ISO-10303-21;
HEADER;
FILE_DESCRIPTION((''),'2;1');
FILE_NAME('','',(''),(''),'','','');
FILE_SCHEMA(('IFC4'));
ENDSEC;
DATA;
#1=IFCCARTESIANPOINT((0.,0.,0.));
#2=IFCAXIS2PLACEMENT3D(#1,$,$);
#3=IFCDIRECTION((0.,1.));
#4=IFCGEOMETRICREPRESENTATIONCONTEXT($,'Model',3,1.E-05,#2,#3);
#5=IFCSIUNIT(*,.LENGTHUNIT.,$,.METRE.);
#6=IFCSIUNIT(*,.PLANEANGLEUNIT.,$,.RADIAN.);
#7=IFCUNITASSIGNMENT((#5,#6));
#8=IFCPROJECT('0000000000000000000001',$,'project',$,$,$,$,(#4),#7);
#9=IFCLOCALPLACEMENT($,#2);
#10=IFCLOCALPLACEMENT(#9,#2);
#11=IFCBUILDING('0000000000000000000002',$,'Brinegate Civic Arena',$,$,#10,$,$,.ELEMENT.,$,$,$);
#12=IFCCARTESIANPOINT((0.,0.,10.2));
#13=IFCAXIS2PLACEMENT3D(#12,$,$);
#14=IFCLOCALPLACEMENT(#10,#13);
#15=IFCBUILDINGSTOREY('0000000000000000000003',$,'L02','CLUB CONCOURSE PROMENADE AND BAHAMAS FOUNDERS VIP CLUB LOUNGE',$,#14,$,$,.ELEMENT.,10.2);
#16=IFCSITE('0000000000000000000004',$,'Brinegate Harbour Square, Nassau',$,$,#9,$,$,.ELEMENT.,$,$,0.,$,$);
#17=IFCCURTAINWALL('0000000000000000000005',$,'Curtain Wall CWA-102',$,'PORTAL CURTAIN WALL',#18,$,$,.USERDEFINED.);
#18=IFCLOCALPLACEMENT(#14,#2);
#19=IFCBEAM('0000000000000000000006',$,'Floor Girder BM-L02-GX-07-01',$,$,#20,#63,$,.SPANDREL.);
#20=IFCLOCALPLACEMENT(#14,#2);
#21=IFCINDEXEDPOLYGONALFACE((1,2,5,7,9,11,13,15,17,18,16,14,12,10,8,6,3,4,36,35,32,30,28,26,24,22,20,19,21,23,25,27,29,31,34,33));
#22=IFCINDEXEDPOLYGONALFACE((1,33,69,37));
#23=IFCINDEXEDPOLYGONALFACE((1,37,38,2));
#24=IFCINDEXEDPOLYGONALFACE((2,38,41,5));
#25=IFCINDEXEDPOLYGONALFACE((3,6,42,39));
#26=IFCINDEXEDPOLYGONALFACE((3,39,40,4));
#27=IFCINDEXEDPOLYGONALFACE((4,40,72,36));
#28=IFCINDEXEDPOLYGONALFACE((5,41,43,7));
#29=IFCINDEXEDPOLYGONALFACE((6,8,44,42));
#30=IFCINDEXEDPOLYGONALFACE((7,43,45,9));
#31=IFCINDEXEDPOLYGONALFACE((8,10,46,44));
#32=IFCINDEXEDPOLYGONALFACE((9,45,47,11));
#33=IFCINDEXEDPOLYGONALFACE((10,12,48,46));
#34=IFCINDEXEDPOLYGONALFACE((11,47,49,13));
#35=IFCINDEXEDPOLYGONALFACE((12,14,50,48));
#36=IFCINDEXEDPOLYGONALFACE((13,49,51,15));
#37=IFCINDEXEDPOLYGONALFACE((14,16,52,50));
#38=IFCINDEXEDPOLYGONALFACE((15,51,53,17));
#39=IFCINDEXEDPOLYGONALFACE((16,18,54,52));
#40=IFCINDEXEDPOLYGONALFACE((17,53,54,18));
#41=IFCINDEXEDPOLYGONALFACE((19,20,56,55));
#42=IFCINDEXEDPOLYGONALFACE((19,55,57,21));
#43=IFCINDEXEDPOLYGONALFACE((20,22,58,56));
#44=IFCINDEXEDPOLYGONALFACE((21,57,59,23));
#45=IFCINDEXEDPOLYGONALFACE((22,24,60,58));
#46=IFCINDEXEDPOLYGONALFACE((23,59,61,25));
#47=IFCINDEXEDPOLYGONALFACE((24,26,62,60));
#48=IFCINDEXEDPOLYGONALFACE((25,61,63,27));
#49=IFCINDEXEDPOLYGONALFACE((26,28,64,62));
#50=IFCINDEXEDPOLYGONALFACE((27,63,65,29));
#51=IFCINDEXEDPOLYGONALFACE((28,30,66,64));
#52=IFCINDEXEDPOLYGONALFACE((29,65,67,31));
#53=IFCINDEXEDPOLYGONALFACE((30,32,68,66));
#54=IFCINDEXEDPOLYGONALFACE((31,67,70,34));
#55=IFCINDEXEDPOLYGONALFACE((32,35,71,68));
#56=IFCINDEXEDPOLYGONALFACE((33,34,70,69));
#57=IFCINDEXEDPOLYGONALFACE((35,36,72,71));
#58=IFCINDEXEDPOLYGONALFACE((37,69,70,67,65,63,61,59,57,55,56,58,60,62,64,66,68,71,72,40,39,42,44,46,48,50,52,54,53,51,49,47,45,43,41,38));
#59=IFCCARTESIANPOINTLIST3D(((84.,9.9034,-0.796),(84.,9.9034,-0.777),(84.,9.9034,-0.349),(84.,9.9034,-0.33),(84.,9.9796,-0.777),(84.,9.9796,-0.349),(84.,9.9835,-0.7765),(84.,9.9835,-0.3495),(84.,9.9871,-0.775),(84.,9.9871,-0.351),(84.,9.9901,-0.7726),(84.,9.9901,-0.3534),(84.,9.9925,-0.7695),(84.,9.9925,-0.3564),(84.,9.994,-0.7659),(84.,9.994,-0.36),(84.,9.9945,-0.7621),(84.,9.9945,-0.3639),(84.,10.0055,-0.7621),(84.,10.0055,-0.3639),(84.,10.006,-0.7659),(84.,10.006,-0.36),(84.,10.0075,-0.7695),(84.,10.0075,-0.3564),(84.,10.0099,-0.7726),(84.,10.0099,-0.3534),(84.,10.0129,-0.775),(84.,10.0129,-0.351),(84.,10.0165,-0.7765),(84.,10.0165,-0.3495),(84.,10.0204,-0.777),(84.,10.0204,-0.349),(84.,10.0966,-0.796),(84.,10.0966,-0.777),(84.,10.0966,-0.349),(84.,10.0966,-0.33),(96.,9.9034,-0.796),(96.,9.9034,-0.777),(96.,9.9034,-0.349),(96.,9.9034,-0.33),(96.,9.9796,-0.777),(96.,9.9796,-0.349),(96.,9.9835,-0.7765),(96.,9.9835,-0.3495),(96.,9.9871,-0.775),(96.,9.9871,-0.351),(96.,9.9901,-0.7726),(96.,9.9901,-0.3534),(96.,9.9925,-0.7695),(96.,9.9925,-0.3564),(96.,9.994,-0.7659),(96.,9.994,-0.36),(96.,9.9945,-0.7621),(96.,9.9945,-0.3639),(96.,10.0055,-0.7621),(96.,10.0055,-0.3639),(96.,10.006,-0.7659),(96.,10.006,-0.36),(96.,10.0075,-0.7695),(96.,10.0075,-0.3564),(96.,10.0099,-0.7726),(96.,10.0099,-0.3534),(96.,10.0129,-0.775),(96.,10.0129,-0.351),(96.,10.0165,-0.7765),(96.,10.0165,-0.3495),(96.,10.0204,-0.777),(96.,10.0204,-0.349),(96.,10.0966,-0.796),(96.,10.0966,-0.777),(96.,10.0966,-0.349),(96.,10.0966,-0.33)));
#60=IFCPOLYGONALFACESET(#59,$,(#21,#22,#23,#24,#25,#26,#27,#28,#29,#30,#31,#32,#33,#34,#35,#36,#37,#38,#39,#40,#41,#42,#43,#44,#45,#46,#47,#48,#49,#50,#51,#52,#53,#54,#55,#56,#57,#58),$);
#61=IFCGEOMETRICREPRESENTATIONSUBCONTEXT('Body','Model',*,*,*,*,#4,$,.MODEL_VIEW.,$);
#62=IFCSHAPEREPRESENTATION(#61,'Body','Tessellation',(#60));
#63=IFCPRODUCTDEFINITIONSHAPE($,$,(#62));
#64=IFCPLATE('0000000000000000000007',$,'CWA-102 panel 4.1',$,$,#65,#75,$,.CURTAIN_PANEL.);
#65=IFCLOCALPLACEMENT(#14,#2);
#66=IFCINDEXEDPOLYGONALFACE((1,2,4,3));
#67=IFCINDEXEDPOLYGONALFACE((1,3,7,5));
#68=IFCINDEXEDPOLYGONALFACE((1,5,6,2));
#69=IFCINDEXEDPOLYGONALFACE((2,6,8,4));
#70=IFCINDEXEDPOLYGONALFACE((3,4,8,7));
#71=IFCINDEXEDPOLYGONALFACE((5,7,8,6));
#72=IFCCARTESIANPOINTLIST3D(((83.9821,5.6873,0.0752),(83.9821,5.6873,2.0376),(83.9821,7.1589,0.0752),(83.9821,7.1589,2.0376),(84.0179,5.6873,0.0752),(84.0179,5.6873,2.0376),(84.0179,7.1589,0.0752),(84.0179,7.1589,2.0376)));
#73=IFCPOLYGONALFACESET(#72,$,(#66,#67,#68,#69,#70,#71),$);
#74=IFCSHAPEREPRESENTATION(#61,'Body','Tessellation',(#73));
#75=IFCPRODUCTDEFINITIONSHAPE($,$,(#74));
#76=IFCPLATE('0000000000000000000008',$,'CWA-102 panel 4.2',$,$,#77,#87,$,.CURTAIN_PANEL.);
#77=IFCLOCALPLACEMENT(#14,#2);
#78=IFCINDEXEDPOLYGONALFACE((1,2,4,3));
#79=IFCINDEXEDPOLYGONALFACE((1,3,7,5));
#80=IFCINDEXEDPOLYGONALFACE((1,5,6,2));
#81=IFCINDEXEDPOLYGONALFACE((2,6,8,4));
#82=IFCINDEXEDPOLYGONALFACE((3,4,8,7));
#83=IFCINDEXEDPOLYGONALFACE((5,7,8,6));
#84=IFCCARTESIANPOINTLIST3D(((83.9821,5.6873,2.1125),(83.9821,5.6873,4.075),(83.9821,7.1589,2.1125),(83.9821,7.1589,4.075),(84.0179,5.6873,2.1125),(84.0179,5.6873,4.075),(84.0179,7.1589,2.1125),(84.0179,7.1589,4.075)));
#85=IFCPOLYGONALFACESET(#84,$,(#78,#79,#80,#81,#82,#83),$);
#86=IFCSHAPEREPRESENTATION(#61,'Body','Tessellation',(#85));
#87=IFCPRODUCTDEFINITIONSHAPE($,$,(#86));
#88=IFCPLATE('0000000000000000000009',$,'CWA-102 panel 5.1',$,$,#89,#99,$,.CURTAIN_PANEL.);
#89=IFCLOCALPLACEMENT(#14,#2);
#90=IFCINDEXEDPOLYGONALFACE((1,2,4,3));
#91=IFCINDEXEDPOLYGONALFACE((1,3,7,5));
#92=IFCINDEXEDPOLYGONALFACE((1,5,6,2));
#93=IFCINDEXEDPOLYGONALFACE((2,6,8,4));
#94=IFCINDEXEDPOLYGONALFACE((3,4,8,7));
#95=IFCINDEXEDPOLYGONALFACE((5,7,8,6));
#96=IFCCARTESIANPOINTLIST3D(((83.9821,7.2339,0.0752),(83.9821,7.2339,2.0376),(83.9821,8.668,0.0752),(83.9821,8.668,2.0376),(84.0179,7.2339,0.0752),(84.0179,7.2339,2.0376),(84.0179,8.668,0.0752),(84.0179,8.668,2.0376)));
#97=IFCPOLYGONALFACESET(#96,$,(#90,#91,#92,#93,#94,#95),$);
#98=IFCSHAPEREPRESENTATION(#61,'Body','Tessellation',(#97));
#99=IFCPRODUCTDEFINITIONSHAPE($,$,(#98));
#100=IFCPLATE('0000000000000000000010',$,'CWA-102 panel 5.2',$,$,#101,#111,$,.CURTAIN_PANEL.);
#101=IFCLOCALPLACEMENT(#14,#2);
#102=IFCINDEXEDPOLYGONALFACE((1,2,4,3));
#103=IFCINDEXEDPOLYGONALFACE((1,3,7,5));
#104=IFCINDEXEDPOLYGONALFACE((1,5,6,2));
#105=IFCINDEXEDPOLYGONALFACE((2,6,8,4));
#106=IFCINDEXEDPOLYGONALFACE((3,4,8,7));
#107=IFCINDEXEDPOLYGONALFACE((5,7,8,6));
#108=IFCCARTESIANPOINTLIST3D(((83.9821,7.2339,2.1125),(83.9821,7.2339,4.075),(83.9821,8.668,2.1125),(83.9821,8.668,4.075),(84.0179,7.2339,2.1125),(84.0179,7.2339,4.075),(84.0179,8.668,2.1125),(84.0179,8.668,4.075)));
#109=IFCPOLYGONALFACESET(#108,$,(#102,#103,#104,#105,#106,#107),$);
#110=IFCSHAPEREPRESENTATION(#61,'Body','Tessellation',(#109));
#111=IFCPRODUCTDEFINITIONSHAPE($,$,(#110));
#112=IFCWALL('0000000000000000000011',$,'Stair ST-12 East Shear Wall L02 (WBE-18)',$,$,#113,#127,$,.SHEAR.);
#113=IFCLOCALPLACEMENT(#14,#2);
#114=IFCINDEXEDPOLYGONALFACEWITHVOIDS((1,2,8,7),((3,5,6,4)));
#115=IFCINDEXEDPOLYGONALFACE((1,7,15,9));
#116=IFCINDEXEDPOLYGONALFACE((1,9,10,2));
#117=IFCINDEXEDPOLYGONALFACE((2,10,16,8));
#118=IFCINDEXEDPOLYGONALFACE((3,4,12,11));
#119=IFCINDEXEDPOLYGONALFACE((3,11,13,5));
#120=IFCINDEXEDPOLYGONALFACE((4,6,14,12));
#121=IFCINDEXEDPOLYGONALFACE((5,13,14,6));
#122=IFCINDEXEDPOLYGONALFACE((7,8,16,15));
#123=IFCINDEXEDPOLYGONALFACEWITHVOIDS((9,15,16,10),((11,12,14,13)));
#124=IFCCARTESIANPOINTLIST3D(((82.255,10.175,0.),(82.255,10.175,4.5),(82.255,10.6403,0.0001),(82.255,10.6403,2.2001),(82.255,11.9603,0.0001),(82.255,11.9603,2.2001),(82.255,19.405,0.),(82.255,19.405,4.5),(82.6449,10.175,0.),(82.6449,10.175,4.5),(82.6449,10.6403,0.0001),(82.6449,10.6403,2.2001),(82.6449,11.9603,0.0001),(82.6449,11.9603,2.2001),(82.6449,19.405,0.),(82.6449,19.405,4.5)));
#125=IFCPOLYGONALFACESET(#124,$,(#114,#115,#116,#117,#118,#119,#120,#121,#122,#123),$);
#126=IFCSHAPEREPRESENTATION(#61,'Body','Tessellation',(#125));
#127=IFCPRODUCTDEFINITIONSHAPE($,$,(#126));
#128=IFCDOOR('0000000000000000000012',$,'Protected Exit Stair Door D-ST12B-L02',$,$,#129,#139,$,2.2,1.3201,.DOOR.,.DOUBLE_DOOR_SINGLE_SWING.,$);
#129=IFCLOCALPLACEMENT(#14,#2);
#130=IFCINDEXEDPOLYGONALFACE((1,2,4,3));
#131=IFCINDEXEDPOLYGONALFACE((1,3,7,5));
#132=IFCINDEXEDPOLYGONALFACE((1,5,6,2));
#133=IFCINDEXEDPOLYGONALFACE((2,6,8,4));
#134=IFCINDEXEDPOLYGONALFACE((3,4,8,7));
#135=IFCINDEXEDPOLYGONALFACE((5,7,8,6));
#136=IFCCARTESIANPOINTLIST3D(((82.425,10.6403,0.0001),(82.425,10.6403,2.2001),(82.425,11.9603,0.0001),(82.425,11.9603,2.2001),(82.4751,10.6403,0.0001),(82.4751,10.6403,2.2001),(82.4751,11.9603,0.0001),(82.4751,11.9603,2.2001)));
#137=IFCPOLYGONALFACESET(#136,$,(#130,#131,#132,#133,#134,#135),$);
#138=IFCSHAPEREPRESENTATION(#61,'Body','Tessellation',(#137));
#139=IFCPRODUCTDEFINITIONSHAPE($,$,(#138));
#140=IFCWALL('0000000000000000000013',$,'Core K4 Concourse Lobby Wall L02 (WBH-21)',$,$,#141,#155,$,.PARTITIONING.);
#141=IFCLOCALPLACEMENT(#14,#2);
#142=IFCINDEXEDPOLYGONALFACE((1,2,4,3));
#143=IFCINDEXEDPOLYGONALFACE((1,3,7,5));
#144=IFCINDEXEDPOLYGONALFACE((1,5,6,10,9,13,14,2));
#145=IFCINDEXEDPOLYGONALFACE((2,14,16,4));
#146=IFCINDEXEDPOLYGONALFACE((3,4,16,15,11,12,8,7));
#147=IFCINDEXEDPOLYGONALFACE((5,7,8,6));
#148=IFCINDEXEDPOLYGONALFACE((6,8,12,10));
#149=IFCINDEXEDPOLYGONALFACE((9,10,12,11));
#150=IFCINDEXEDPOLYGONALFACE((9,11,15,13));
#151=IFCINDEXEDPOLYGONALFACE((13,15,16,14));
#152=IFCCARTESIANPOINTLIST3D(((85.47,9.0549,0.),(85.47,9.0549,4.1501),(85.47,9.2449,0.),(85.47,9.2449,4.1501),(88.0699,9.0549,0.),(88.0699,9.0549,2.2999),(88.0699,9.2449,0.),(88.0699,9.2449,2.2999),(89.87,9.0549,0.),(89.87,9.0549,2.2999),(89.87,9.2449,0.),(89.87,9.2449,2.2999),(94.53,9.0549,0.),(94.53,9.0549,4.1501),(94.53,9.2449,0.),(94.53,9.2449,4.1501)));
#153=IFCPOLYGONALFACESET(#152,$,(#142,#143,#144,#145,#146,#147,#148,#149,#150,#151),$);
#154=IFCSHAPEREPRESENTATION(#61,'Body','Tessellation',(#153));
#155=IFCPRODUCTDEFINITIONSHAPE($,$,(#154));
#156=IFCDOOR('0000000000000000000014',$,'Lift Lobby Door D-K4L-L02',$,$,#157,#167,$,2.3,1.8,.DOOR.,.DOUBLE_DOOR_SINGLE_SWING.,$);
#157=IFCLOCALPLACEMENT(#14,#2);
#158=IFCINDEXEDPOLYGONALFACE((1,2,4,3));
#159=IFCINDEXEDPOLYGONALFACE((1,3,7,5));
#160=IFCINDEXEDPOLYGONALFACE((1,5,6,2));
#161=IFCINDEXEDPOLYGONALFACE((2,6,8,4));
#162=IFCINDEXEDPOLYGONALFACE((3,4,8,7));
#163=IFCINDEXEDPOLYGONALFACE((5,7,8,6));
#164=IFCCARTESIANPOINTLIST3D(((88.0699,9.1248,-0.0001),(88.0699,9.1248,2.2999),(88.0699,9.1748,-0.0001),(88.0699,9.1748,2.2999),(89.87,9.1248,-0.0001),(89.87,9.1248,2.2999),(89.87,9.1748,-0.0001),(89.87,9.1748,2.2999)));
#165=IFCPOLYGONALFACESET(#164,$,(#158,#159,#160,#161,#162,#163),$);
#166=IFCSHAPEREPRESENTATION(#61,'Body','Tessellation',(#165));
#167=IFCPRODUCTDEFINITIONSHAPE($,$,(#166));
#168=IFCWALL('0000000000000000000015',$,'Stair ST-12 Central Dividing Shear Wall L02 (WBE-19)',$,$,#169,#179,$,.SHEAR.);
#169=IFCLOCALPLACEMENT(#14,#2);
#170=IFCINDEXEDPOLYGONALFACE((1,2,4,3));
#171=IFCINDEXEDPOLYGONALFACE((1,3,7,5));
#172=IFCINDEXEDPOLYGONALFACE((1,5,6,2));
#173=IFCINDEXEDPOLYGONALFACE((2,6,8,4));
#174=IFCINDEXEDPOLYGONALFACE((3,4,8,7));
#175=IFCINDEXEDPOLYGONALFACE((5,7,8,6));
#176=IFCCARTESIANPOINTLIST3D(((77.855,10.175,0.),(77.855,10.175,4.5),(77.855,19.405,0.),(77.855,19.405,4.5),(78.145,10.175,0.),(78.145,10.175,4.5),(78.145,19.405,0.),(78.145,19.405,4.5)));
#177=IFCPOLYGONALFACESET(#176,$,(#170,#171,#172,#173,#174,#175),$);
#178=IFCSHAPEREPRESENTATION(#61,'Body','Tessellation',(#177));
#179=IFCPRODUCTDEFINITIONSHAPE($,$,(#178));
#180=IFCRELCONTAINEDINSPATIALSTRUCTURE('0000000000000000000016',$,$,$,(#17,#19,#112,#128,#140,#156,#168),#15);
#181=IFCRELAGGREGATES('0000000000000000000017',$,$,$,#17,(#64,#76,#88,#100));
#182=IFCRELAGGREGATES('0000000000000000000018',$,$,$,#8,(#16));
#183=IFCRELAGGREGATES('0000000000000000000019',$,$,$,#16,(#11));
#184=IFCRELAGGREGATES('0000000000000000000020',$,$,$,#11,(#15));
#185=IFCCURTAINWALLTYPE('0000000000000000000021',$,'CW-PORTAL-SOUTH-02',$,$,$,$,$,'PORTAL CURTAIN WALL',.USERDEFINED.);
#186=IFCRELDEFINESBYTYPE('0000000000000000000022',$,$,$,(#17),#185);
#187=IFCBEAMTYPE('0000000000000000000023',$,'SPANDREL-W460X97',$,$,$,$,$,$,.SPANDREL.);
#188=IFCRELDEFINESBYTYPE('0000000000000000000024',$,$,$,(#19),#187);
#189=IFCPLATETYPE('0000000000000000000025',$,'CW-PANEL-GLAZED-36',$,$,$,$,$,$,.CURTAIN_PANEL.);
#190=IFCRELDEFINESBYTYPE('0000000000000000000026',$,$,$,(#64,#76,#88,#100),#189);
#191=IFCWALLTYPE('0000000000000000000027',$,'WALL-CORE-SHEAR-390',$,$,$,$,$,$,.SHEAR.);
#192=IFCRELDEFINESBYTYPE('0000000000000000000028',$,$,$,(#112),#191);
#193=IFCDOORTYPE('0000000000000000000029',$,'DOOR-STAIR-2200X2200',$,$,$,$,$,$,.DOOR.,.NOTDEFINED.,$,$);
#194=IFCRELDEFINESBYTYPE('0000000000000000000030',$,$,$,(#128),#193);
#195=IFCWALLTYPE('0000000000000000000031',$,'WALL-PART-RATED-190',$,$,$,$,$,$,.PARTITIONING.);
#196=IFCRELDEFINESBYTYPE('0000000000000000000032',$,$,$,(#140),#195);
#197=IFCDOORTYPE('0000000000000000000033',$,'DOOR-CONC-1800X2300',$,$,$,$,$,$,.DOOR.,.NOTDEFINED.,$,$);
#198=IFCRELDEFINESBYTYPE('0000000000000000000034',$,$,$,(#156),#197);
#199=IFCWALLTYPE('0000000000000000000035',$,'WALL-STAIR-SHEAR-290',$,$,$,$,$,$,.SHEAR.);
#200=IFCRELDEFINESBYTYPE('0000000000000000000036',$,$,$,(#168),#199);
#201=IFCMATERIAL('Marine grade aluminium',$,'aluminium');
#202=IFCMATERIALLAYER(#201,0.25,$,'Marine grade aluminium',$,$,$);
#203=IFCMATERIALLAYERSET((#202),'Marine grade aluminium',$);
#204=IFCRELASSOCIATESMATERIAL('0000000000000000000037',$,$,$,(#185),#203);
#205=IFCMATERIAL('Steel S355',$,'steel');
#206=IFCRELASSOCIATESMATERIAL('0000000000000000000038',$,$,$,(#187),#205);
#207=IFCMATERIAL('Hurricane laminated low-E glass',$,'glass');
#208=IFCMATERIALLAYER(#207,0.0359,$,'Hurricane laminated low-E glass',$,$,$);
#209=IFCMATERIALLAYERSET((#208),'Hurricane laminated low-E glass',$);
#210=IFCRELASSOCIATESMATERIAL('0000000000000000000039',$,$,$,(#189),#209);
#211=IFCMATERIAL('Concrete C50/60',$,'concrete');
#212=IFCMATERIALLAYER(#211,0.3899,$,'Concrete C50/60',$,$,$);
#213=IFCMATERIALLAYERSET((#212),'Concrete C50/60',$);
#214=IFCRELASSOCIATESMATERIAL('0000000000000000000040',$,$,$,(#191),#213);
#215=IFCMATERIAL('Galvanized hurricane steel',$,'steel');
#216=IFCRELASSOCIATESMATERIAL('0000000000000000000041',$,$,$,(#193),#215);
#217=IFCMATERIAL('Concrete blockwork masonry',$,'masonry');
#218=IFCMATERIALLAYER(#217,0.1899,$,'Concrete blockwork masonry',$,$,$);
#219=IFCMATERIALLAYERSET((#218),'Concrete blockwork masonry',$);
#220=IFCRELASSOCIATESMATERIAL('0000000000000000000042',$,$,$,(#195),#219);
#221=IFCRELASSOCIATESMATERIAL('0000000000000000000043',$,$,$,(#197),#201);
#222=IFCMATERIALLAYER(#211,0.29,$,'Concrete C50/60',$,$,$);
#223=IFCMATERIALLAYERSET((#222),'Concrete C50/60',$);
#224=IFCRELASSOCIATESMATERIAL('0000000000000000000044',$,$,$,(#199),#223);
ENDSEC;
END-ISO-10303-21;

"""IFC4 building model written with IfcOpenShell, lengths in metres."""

from ifc_helpers import new_model, si_unit, direction, frame, frame_2d, origin, origin_2d, place, context, subcontext, project, spatial, rectangle, i_section, extrude, material, layer, layer_set, material_profile, profile_set, type_object, element, fill, aggregate, save


model = new_model("IFC4")

# Units and contexts
model_context = context("Model", 3, precision=1e-05, world=origin(), true_north=direction((0.0, 1.0)))
body_context = subcontext(model_context, "Body", "Model", "MODEL_VIEW")
ifc_project = project(units=[si_unit("LENGTHUNIT", "METRE"), si_unit("PLANEANGLEUNIT", "RADIAN")], contexts=[model_context])

# Site, building, storey
site_placement = place(None, origin())
site = spatial("IfcSite", under=ifc_project, at=site_placement, Name="Brinegate Harbour Square, Nassau", CompositionType="ELEMENT", RefElevation=0.0)
building_placement = place(site_placement, origin())
building = spatial("IfcBuilding", under=site, at=building_placement, Name="Brinegate Civic Arena", CompositionType="ELEMENT")
storey_placement = place(building_placement, frame((0.0, 0.0, 10.2)))
storey = spatial("IfcBuildingStorey", under=building, at=storey_placement, Name="L02", Description="CLUB CONCOURSE PROMENADE AND BAHAMAS FOUNDERS VIP CLUB LOUNGE", CompositionType="ELEMENT", Elevation=10.2)

# Shared definitions
ifc_material_1 = material(Name="Concrete C50/60", Category="concrete")

# Curtain wall
ifc_material_2 = material(Name="Marine grade aluminium", Category="aluminium")
ifc_layer_1 = layer(ifc_material_2, 0.25, Name="Marine grade aluminium")
ifc_layer_set_1 = layer_set([ifc_layer_1], Name="Marine grade aluminium")
curtain_wall_type = type_object("IfcCurtainWallType", Name="CW-PORTAL-SOUTH-02", ElementType="PORTAL CURTAIN WALL", PredefinedType="USERDEFINED", material=ifc_layer_set_1)
curtain_wall_placement = place(storey_placement, origin())
curtain_wall = element("IfcCurtainWall", 1, at=curtain_wall_placement, inside=storey, type_object=curtain_wall_type, Name="Curtain Wall CWA-102", ObjectType="PORTAL CURTAIN WALL", PredefinedType="USERDEFINED")

# Beam
ifc_material_3 = material(Name="Steel S355", Category="steel")
ifc_material_profile_1 = material_profile(ifc_material_3, i_section(OverallWidth=0.1931, OverallDepth=0.4661, WebThickness=0.011, FlangeThickness=0.019, FilletRadius=0.0149, at=origin_2d()), Name="W460X97")
ifc_profile_set_1 = profile_set([ifc_material_profile_1], Name="Steel S355")
beam_type_1 = type_object("IfcBeamType", Name="SPANDREL-W460X97", PredefinedType="SPANDREL", material=ifc_profile_set_1)
beam_1_placement = place(storey_placement, frame((84.0, 10.0, -0.563), z_axis=(1.0, 0.0, 0.0), x_axis=(0.0, 1.0, 0.0)))
element("IfcBeam", 2, at=beam_1_placement, inside=storey, type_object=beam_type_1, Name="Floor Girder BM-L02-GX-07-01", PredefinedType="SPANDREL", context=body_context, shape_type="SweptSolid", body=[
    extrude(i_section(OverallWidth=0.1931, OverallDepth=0.4661, WebThickness=0.011, FlangeThickness=0.019, FilletRadius=0.0149, at=origin_2d()), origin(), (0.0, 0.0, 1.0), 12.0),
])

# Plates
ifc_material_4 = material(Name="Hurricane laminated low-E glass", Category="glass")
ifc_layer_2 = layer(ifc_material_4, 0.0359, Name="Hurricane laminated low-E glass")
ifc_layer_set_2 = layer_set([ifc_layer_2], Name="Hurricane laminated low-E glass")
plate_type = type_object("IfcPlateType", Name="CW-PANEL-GLAZED-36", PredefinedType="CURTAIN_PANEL", material=ifc_layer_set_2)
plate_1_placement = place(storey_placement, frame((84.0, 6.4231, 0.0752), z_axis=(0.0, 0.0, 1.0), x_axis=(0.0, 1.0, 0.0)))
plate_1 = element("IfcPlate", 3, at=plate_1_placement, type_object=plate_type, Name="CWA-102 panel 4.1", PredefinedType="CURTAIN_PANEL", context=body_context, shape_type="SweptSolid", body=[
    extrude(rectangle(XDim=1.4717, YDim=0.0359, at=origin_2d()), origin(), (0.0, 0.0, 1.0), 1.9624),
])
plate_2_placement = place(storey_placement, frame((84.0, 6.4231, 2.1125), z_axis=(0.0, 0.0, 1.0), x_axis=(0.0, 1.0, 0.0)))
plate_2 = element("IfcPlate", 4, at=plate_2_placement, type_object=plate_type, Name="CWA-102 panel 4.2", PredefinedType="CURTAIN_PANEL", context=body_context, shape_type="SweptSolid", body=[
    extrude(rectangle(XDim=1.4717, YDim=0.0359, at=origin_2d()), origin(), (0.0, 0.0, 1.0), 1.9624),
])
plate_3_placement = place(storey_placement, frame((84.0, 7.9509, 0.0752), z_axis=(0.0, 0.0, 1.0), x_axis=(0.0, 1.0, 0.0)))
plate_3 = element("IfcPlate", 5, at=plate_3_placement, type_object=plate_type, Name="CWA-102 panel 5.1", PredefinedType="CURTAIN_PANEL", context=body_context, shape_type="SweptSolid", body=[
    extrude(rectangle(XDim=1.4341, YDim=0.0359, at=origin_2d()), origin(), (0.0, 0.0, 1.0), 1.9624),
])
plate_4_placement = place(storey_placement, frame((84.0, 7.9509, 2.1125), z_axis=(0.0, 0.0, 1.0), x_axis=(0.0, 1.0, 0.0)))
plate_4 = element("IfcPlate", 6, at=plate_4_placement, type_object=plate_type, Name="CWA-102 panel 5.2", PredefinedType="CURTAIN_PANEL", context=body_context, shape_type="SweptSolid", body=[
    extrude(rectangle(XDim=1.4341, YDim=0.0359, at=origin_2d()), origin(), (0.0, 0.0, 1.0), 1.9624),
])
aggregate(curtain_wall, [plate_1, plate_2, plate_3, plate_4])

# Walls, openings, doors
ifc_layer_3 = layer(ifc_material_1, 0.3899, Name="Concrete C50/60")
ifc_layer_set_3 = layer_set([ifc_layer_3], Name="Concrete C50/60")
wall_type_1 = type_object("IfcWallType", Name="WALL-CORE-SHEAR-390", PredefinedType="SHEAR", material=ifc_layer_set_3)
wall_1_placement = place(storey_placement, frame((82.45, 10.175, 0.0), z_axis=(0.0, 0.0, 1.0), x_axis=(0.0, 1.0, 0.0)))
wall_1 = element("IfcWall", 7, at=wall_1_placement, inside=storey, type_object=wall_type_1, Name="Stair ST-12 East Shear Wall L02 (WBE-18)", PredefinedType="SHEAR", context=body_context, shape_type="SweptSolid", body=[
    extrude(rectangle(XDim=9.23, YDim=0.3899, at=frame_2d((4.615, 0.0))), origin(), (0.0, 0.0, 1.0), 4.5),
])
opening_1_placement = place(wall_1_placement, frame((0.4651, 0.0, 0.0)))
opening_1 = element("IfcOpeningElement", 8, at=opening_1_placement, cuts=wall_1, PredefinedType="OPENING", context=body_context, shape_type="SweptSolid", body=[
    extrude(rectangle(XDim=1.3201, YDim=2.2, at=frame_2d((0.6602, 1.1001))), frame((0.0, 0.2048, 0.0), z_axis=(0.0, -1.0, 0.0), x_axis=(1.0, 0.0, 0.0)), (0.0, 0.0, 1.0), 0.4099),
])
ifc_material_5 = material(Name="Galvanized hurricane steel", Category="steel")
door_type_1 = type_object("IfcDoorType", Name="DOOR-STAIR-2200X2200", OperationType="NOTDEFINED", PredefinedType="DOOR", material=ifc_material_5)
door_1_placement = place(opening_1_placement, origin())
door_1 = element("IfcDoor", 9, at=door_1_placement, inside=storey, type_object=door_type_1, Name="Protected Exit Stair Door D-ST12B-L02", OperationType="DOUBLE_DOOR_SINGLE_SWING", OverallHeight=2.2, OverallWidth=1.3201, PredefinedType="DOOR", context=body_context, shape_type="SweptSolid", body=[
    extrude(rectangle(XDim=1.3201, YDim=2.2, at=frame_2d((0.6602, 1.1001))), frame((0.0, 0.0249, 0.0), z_axis=(0.0, -1.0, 0.0), x_axis=(1.0, 0.0, 0.0)), (0.0, 0.0, 1.0), 0.05),
])
fill(opening_1, door_1)
ifc_material_6 = material(Name="Concrete blockwork masonry", Category="masonry")
ifc_layer_4 = layer(ifc_material_6, 0.1899, Name="Concrete blockwork masonry")
ifc_layer_set_4 = layer_set([ifc_layer_4], Name="Concrete blockwork masonry")
wall_type_2 = type_object("IfcWallType", Name="WALL-PART-RATED-190", PredefinedType="PARTITIONING", material=ifc_layer_set_4)
wall_2_placement = place(storey_placement, frame((85.47, 9.1499, 0.0), z_axis=(0.0, 0.0, 1.0), x_axis=(1.0, 0.0, 0.0)))
wall_2 = element("IfcWall", 10, at=wall_2_placement, inside=storey, type_object=wall_type_2, Name="Core K4 Concourse Lobby Wall L02 (WBH-21)", PredefinedType="PARTITIONING", context=body_context, shape_type="SweptSolid", body=[
    extrude(rectangle(XDim=9.0601, YDim=0.1899, at=frame_2d((4.53, 0.0))), origin(), (0.0, 0.0, 1.0), 4.1501),
])
opening_2_placement = place(wall_2_placement, frame((2.6001, 0.0, 0.0)))
opening_2 = element("IfcOpeningElement", 11, at=opening_2_placement, cuts=wall_2, PredefinedType="OPENING", context=body_context, shape_type="SweptSolid", body=[
    extrude(rectangle(XDim=1.8, YDim=2.3, at=frame_2d((0.8999, 1.1499))), frame((0.0, 0.105, 0.0), z_axis=(0.0, -1.0, 0.0), x_axis=(1.0, 0.0, 0.0)), (0.0, 0.0, 1.0), 0.21),
])
door_type_2 = type_object("IfcDoorType", Name="DOOR-CONC-1800X2300", OperationType="NOTDEFINED", PredefinedType="DOOR", material=ifc_material_2)
door_2_placement = place(opening_2_placement, origin())
door_2 = element("IfcDoor", 12, at=door_2_placement, inside=storey, type_object=door_type_2, Name="Lift Lobby Door D-K4L-L02", OperationType="DOUBLE_DOOR_SINGLE_SWING", OverallHeight=2.3, OverallWidth=1.8, PredefinedType="DOOR", context=body_context, shape_type="SweptSolid", body=[
    extrude(rectangle(XDim=1.8, YDim=2.3, at=frame_2d((0.8999, 1.1499))), frame((0.0, 0.0249, 0.0), z_axis=(0.0, -1.0, 0.0), x_axis=(1.0, 0.0, 0.0)), (0.0, 0.0, 1.0), 0.05),
])
fill(opening_2, door_2)

# Wall
ifc_layer_5 = layer(ifc_material_1, 0.29, Name="Concrete C50/60")
ifc_layer_set_5 = layer_set([ifc_layer_5], Name="Concrete C50/60")
wall_type_3 = type_object("IfcWallType", Name="WALL-STAIR-SHEAR-290", PredefinedType="SHEAR", material=ifc_layer_set_5)
wall_3_placement = place(storey_placement, frame((78.0, 10.175, 0.0), z_axis=(0.0, 0.0, 1.0), x_axis=(0.0, 1.0, 0.0)))
element("IfcWall", 13, at=wall_3_placement, inside=storey, type_object=wall_type_3, Name="Stair ST-12 Central Dividing Shear Wall L02 (WBE-19)", PredefinedType="SHEAR", context=body_context, shape_type="SweptSolid", body=[
    extrude(rectangle(XDim=9.23, YDim=0.29, at=frame_2d((4.615, 0.0))), origin(), (0.0, 0.0, 1.0), 4.5),
])

save(model, "model.ifc")
